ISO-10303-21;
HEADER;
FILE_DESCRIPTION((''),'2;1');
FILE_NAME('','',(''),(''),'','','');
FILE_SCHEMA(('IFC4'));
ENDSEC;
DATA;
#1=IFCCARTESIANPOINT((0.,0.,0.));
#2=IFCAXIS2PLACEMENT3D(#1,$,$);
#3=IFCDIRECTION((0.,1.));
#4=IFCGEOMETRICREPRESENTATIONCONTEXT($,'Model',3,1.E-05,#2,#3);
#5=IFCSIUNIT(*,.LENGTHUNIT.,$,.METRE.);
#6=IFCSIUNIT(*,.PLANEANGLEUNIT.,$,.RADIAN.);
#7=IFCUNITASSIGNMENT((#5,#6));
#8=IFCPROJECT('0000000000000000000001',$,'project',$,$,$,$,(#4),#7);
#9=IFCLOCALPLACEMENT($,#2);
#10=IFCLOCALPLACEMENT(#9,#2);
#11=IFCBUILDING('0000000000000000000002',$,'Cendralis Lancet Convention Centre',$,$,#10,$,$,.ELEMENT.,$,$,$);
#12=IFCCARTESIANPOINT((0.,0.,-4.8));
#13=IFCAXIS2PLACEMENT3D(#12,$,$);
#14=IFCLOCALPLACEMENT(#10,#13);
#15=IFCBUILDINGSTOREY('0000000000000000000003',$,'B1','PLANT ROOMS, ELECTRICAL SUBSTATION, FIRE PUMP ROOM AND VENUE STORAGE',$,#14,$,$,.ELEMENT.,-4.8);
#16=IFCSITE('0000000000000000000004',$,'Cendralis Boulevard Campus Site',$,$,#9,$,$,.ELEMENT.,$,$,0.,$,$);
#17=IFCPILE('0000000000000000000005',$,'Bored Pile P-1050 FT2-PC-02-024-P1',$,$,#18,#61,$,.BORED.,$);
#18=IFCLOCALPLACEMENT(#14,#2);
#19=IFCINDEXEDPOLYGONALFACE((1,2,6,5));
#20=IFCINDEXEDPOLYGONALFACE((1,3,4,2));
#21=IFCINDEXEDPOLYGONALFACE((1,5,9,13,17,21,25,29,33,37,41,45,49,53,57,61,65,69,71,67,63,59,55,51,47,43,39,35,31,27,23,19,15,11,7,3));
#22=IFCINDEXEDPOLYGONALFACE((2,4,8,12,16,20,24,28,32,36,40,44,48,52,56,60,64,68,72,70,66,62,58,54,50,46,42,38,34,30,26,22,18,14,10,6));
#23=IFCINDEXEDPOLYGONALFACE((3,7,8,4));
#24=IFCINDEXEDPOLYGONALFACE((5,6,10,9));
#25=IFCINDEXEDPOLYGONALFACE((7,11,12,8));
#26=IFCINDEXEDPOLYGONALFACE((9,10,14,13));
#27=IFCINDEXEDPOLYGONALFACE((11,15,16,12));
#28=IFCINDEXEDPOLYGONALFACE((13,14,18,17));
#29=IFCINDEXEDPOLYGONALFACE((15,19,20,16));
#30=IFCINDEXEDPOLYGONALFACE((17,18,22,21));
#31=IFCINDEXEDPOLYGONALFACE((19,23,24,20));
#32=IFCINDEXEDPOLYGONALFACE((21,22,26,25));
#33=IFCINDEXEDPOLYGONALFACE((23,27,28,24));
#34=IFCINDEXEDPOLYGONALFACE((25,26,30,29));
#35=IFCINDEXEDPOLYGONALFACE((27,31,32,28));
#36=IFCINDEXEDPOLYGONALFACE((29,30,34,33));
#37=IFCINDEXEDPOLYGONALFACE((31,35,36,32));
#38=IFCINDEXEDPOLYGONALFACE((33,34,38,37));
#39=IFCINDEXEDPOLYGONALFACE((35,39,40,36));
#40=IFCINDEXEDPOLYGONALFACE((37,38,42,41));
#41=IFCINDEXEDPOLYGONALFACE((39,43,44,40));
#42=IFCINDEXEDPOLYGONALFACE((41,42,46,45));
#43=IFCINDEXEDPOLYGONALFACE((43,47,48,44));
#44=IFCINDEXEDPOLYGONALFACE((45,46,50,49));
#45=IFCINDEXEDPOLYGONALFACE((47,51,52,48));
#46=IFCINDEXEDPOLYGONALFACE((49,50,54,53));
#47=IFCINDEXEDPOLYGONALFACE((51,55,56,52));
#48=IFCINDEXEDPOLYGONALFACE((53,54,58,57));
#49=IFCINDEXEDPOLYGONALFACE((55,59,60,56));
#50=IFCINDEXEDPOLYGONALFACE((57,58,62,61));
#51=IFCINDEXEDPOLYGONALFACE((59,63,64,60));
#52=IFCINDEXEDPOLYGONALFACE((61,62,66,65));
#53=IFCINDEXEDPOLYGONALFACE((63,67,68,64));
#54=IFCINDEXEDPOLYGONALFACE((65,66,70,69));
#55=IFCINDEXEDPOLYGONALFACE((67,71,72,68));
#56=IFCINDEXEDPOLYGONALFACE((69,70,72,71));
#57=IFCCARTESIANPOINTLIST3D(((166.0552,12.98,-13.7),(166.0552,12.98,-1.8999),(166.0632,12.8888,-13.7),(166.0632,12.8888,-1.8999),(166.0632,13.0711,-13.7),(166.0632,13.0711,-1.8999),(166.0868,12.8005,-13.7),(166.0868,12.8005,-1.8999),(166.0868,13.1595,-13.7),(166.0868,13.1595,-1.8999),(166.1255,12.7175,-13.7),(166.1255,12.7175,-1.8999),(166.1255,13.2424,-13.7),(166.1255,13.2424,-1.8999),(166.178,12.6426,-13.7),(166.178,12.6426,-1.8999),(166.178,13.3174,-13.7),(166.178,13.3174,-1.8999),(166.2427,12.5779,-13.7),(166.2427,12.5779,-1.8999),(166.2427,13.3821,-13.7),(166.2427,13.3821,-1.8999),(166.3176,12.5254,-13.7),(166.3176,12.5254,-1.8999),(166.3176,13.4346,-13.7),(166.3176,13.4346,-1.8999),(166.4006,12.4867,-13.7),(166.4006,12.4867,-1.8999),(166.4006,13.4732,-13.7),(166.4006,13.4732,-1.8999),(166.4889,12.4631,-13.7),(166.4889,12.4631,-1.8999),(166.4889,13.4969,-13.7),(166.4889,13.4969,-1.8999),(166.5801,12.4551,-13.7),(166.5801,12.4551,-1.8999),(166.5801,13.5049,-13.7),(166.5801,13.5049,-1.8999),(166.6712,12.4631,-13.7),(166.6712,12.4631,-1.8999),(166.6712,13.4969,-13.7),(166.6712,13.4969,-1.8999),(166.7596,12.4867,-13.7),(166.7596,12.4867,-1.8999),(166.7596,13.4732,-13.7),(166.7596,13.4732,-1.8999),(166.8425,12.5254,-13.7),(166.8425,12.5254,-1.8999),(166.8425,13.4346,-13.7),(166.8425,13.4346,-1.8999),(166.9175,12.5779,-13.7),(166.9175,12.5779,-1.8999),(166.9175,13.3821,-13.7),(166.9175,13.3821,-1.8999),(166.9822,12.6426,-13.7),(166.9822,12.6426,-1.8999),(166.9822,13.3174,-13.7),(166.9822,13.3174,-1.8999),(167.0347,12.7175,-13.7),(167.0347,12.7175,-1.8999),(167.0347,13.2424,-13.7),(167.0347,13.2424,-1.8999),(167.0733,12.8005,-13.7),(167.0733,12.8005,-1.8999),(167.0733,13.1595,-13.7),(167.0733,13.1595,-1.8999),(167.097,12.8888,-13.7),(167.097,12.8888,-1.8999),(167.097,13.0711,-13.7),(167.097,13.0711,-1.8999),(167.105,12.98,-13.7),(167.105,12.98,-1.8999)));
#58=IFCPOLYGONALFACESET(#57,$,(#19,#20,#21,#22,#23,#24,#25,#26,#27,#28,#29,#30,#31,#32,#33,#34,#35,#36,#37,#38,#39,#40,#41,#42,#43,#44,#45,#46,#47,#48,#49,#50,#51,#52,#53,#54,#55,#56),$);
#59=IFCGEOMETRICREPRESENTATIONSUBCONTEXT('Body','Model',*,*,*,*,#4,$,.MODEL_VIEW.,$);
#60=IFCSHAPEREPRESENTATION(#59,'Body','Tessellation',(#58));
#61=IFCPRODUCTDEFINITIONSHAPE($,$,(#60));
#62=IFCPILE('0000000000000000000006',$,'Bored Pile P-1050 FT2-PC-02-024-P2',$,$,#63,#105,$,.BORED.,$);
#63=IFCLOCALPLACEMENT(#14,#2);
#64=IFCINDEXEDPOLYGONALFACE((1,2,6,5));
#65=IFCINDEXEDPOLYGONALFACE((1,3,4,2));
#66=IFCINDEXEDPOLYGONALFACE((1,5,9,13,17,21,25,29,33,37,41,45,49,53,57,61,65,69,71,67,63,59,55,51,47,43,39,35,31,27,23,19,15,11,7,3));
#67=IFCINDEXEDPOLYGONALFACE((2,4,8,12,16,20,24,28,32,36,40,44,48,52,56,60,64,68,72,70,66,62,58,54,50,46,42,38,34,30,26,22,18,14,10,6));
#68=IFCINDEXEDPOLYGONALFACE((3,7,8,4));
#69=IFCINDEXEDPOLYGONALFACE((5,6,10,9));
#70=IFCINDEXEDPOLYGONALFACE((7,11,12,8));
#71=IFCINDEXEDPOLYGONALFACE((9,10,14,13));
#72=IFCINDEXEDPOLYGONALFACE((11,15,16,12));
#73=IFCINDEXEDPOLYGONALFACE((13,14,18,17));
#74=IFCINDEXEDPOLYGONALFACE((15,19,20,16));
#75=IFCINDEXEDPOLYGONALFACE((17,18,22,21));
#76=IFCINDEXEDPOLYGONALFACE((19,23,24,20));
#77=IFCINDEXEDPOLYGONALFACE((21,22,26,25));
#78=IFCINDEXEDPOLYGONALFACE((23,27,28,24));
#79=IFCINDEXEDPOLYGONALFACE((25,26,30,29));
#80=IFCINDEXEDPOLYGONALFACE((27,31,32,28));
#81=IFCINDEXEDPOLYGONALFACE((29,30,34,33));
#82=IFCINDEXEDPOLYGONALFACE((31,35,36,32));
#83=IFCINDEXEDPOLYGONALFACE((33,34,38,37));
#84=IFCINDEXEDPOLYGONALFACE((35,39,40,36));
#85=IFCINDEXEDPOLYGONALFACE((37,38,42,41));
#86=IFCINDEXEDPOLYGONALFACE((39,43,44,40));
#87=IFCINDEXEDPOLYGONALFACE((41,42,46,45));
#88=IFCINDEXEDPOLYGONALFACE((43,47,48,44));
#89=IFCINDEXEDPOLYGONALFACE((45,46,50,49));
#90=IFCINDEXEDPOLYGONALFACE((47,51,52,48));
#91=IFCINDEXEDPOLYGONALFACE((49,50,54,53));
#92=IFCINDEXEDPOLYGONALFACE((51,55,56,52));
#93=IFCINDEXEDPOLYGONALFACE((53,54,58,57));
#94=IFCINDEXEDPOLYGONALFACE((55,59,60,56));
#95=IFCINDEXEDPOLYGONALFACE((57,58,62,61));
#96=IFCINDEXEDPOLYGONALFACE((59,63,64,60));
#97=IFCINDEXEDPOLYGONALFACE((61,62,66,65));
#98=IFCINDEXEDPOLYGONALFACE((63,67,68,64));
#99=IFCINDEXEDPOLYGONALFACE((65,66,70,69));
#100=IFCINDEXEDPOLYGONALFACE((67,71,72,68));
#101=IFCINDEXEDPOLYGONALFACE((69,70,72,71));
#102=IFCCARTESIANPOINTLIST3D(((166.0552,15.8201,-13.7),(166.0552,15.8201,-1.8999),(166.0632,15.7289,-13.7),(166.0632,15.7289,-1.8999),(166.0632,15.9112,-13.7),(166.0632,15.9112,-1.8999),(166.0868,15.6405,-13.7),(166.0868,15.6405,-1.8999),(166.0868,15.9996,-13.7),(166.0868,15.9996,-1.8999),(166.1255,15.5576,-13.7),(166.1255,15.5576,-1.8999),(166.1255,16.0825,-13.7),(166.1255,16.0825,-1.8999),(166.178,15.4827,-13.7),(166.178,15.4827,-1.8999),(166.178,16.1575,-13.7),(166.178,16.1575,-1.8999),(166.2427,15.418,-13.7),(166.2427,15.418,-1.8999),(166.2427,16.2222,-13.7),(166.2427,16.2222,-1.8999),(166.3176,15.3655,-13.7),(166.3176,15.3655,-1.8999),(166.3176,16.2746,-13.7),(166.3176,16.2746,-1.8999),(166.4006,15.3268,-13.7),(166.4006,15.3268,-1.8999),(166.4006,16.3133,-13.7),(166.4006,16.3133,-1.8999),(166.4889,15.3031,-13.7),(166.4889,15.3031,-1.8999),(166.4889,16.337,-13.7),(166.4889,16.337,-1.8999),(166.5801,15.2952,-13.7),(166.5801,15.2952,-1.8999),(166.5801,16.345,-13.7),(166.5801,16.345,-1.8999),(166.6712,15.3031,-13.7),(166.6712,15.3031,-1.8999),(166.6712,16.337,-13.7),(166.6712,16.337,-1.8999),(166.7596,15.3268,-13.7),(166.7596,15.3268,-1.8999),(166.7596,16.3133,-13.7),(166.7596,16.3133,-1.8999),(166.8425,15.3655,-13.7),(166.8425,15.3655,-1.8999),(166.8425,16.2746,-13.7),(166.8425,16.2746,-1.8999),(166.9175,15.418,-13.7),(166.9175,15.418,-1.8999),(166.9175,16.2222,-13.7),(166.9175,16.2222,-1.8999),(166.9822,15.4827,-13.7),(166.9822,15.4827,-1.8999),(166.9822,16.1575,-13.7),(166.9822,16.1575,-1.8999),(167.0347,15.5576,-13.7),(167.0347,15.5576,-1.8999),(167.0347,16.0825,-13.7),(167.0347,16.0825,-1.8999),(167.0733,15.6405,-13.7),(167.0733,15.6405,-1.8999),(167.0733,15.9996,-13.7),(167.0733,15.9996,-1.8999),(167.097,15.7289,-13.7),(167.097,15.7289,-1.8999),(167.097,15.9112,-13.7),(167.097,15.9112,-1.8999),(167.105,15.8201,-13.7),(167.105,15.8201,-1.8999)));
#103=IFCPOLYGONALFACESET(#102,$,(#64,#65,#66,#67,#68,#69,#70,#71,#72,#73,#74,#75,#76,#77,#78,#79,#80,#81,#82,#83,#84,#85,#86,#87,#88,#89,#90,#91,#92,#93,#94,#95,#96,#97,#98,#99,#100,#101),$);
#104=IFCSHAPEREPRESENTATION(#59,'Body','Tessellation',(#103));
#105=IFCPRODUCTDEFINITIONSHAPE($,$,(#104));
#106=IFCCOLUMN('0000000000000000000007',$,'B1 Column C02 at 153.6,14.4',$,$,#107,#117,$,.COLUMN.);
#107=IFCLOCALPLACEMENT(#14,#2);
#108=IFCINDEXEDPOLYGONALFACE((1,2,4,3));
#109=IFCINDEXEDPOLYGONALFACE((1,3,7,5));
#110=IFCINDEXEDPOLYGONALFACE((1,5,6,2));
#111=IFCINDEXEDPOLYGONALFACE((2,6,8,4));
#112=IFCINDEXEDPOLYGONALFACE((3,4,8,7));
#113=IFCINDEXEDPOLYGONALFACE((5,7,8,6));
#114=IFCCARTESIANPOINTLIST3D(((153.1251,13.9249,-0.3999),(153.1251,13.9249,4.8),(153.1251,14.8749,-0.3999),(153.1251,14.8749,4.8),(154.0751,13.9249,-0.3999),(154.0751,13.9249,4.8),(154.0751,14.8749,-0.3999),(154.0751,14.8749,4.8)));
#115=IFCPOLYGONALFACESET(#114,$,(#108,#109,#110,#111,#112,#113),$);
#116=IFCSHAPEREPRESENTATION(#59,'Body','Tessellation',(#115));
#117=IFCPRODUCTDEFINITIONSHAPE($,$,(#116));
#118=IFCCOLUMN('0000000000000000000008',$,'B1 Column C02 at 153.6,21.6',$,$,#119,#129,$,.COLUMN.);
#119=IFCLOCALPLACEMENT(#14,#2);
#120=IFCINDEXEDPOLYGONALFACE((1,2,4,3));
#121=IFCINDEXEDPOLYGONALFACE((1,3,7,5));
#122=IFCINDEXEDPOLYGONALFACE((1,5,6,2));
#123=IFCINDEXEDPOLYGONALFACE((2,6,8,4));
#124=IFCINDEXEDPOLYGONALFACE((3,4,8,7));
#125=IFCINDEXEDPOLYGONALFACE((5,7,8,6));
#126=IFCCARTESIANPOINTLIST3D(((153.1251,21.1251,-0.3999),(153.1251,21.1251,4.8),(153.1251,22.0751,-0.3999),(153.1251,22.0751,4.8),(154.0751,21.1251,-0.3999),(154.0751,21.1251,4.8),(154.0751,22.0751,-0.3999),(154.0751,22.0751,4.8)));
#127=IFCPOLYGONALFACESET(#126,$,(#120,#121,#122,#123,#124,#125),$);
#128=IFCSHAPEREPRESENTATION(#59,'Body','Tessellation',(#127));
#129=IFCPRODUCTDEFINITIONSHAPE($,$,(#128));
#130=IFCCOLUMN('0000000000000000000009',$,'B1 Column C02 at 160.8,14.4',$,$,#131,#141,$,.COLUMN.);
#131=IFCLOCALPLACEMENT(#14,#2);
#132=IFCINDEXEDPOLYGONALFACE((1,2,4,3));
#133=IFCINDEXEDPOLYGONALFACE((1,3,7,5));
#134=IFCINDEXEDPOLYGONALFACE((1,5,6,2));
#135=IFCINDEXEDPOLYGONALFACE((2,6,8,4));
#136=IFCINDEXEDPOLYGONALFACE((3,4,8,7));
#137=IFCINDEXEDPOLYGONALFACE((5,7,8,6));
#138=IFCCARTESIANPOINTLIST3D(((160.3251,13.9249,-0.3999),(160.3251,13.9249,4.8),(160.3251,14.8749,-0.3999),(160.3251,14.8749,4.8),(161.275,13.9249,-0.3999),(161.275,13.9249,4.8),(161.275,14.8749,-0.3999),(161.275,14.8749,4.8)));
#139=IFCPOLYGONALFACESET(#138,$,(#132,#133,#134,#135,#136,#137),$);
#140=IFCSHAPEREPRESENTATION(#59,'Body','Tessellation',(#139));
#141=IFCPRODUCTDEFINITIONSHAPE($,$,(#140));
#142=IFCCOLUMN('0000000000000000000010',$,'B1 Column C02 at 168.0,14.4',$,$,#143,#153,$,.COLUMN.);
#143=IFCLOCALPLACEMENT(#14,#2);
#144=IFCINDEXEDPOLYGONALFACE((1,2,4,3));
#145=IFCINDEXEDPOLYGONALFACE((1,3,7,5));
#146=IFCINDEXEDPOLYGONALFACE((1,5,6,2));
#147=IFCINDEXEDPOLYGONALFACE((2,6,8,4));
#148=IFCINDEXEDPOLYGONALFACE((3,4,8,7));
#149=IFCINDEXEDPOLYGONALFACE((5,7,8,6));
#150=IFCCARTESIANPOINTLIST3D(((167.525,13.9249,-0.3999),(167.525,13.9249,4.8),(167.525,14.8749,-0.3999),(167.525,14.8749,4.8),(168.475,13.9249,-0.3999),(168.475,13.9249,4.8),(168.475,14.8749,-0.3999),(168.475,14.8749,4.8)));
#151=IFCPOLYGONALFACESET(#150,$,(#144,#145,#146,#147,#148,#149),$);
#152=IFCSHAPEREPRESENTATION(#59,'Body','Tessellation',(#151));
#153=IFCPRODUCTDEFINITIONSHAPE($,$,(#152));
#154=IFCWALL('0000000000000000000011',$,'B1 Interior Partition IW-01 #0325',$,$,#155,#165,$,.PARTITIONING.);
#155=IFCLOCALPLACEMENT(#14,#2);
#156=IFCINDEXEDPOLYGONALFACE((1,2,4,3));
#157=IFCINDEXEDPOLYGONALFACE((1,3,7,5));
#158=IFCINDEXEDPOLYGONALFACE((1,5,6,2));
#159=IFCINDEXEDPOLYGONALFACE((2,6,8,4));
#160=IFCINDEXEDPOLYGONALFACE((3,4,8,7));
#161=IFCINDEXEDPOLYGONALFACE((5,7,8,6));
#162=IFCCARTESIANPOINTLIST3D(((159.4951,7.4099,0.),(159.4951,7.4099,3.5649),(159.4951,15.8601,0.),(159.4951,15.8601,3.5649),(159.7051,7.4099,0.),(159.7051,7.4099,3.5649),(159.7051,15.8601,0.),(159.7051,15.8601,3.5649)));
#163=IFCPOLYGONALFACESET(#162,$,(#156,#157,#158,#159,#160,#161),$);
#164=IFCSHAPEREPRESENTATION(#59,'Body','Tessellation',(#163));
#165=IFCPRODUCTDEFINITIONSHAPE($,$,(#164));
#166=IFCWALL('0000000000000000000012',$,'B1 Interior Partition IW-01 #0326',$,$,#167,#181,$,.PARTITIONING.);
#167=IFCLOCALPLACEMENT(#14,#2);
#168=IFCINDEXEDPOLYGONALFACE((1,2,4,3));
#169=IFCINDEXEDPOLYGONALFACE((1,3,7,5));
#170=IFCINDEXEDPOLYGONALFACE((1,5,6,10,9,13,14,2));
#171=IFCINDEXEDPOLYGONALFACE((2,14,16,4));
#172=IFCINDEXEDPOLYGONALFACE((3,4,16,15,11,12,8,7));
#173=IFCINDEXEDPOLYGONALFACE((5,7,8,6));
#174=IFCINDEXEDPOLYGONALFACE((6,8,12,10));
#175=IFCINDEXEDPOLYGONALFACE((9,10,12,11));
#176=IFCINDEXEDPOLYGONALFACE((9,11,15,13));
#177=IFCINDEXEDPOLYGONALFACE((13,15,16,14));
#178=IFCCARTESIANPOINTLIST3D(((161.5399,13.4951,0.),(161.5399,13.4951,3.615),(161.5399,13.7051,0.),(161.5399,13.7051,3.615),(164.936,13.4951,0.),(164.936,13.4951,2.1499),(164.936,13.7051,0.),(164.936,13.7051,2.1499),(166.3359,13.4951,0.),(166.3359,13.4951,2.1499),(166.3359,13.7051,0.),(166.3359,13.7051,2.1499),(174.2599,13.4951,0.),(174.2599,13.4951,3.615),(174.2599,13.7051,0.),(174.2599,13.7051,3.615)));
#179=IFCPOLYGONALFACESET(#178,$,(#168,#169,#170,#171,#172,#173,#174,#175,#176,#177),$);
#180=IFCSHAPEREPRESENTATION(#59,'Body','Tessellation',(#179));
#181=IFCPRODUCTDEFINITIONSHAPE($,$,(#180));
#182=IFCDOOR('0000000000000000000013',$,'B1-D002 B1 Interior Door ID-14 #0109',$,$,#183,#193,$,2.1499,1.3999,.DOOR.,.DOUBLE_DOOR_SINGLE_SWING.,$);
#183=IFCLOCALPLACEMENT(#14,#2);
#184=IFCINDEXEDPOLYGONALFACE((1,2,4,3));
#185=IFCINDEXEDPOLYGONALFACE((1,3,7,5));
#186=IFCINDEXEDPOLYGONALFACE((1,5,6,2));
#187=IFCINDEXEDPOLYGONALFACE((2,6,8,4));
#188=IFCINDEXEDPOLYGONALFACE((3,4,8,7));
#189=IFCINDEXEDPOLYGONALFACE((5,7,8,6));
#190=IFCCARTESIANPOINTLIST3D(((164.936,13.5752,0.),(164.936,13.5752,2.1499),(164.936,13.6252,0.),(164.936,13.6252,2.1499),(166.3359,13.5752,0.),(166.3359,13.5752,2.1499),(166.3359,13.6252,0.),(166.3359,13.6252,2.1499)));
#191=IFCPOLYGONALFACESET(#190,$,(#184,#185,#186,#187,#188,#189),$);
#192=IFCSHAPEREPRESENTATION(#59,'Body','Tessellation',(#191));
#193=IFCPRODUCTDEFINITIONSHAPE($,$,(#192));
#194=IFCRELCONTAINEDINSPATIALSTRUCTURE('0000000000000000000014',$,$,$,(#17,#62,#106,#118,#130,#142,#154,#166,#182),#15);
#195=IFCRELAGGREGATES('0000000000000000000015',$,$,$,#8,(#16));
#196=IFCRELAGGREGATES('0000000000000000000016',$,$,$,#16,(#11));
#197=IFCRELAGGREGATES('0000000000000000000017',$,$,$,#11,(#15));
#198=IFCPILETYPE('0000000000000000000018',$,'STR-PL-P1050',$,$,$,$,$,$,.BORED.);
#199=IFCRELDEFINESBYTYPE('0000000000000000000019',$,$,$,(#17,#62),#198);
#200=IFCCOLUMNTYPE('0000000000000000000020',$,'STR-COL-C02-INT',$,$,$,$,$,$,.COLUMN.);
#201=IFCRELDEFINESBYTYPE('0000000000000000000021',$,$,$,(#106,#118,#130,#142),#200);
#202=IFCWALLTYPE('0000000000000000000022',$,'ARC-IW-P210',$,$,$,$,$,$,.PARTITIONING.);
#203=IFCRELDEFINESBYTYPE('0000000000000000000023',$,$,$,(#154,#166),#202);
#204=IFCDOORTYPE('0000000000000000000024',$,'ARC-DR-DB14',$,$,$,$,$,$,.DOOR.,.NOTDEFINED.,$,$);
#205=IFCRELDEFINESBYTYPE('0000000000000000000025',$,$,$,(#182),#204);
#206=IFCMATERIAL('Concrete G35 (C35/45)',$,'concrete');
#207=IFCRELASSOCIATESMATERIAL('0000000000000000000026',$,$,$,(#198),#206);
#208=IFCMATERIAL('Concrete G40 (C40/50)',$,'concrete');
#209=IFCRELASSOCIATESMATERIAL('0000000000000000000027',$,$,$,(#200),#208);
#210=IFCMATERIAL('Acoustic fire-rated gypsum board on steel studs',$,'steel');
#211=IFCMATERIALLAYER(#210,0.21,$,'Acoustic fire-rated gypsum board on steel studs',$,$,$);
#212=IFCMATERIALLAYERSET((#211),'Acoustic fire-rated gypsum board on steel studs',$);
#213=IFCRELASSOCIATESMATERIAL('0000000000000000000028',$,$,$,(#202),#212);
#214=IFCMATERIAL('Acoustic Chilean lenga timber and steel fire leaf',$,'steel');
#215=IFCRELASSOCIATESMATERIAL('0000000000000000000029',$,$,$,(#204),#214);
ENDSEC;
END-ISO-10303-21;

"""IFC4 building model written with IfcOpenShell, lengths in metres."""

from ifc_helpers import new_model, si_unit, direction, frame, frame_2d, origin, origin_2d, place, context, subcontext, project, spatial, rectangle, circle, extrude, material, layer, layer_set, material_profile, profile_set, type_object, element, fill, save


model = new_model("IFC4")

# Units and contexts
model_context = context("Model", 3, precision=1e-05, world=origin(), true_north=direction((0.0, 1.0)))
body_context = subcontext(model_context, "Body", "Model", "MODEL_VIEW")
ifc_project = project(units=[si_unit("LENGTHUNIT", "METRE"), si_unit("PLANEANGLEUNIT", "RADIAN")], contexts=[model_context])

# Site, building, storey
site_placement = place(None, origin())
site = spatial("IfcSite", under=ifc_project, at=site_placement, Name="Cendralis Boulevard Campus Site", CompositionType="ELEMENT", RefElevation=0.0)
building_placement = place(site_placement, origin())
building = spatial("IfcBuilding", under=site, at=building_placement, Name="Cendralis Lancet Convention Centre", CompositionType="ELEMENT")
storey_placement = place(building_placement, frame((0.0, 0.0, -4.8)))
storey = spatial("IfcBuildingStorey", under=building, at=storey_placement, Name="B1", Description="PLANT ROOMS, ELECTRICAL SUBSTATION, FIRE PUMP ROOM AND VENUE STORAGE", CompositionType="ELEMENT", Elevation=-4.8)

# Shared definitions
ifc_material_1 = material(Name="Concrete G35 (C35/45)", Category="concrete")

# Piles
ifc_material_profile_1 = material_profile(ifc_material_1, circle(Radius=0.5249, at=origin_2d()), Name="BORED PILE D1050")
ifc_profile_set_1 = profile_set([ifc_material_profile_1], Name="Concrete G35 (C35/45)")
pile_type = type_object("IfcPileType", Name="STR-PL-P1050", PredefinedType="BORED", material=ifc_profile_set_1)
for number, where, z_axis, x_axis, name in (
    (1, (166.5801, 12.98, -1.8999), (0.0, 0.0, -1.0), (1.0, 0.0, 0.0), "Bored Pile P-1050 FT2-PC-02-024-P1"),
    (2, (166.5801, 15.8201, -1.8999), (0.0, 0.0, -1.0), (1.0, 0.0, 0.0), "Bored Pile P-1050 FT2-PC-02-024-P2"),
):
    element("IfcPile", number, at=place(storey_placement, frame(where, z_axis=z_axis, x_axis=x_axis)), inside=storey, type_object=pile_type, Name=name, PredefinedType="BORED", context=body_context, shape_type="SweptSolid", body=[
        extrude(circle(Radius=0.5249, at=origin_2d()), origin(), (0.0, 0.0, 1.0), 11.8),
    ])

# Columns
ifc_material_2 = material(Name="Concrete G40 (C40/50)", Category="concrete")
ifc_material_profile_2 = material_profile(ifc_material_2, rectangle(XDim=0.95, YDim=0.95, at=origin_2d()), Name="RC 950x950")
ifc_profile_set_2 = profile_set([ifc_material_profile_2], Name="Concrete G40 (C40/50)")
column_type = type_object("IfcColumnType", Name="STR-COL-C02-INT", PredefinedType="COLUMN", material=ifc_profile_set_2)
for number, where, z_axis, x_axis, name in (
    (3, (153.6001, 14.3999, -0.3999), (0.0, 0.0, 1.0), (1.0, 0.0, 0.0), "B1 Column C02 at 153.6,14.4"),
    (4, (153.6001, 21.6001, -0.3999), (0.0, 0.0, 1.0), (1.0, 0.0, 0.0), "B1 Column C02 at 153.6,21.6"),
    (5, (160.8, 14.3999, -0.3999), (0.0, 0.0, 1.0), (1.0, 0.0, 0.0), "B1 Column C02 at 160.8,14.4"),
    (6, (168.0, 14.3999, -0.3999), (0.0, 0.0, 1.0), (1.0, 0.0, 0.0), "B1 Column C02 at 168.0,14.4"),
):
    element("IfcColumn", number, at=place(storey_placement, frame(where, z_axis=z_axis, x_axis=x_axis)), inside=storey, type_object=column_type, Name=name, PredefinedType="COLUMN", context=body_context, shape_type="SweptSolid", body=[
        extrude(rectangle(XDim=0.95, YDim=0.95, at=origin_2d()), origin(), (0.0, 0.0, 1.0), 5.2),
    ])

# Wall
ifc_material_3 = material(Name="Acoustic fire-rated gypsum board on steel studs", Category="steel")
ifc_layer_1 = layer(ifc_material_3, 0.21, Name="Acoustic fire-rated gypsum board on steel studs")
ifc_layer_set_1 = layer_set([ifc_layer_1], Name="Acoustic fire-rated gypsum board on steel studs")
wall_type_1 = type_object("IfcWallType", Name="ARC-IW-P210", PredefinedType="PARTITIONING", material=ifc_layer_set_1)
wall_1_placement = place(storey_placement, frame((159.6001, 7.4099, 0.0), z_axis=(0.0, 0.0, 1.0), x_axis=(0.0, 1.0, 0.0)))
element("IfcWall", 7, at=wall_1_placement, inside=storey, type_object=wall_type_1, Name="B1 Interior Partition IW-01 #0325", PredefinedType="PARTITIONING", context=body_context, shape_type="SweptSolid", body=[
    extrude(rectangle(XDim=8.4502, YDim=0.21, at=frame_2d((4.2251, 0.0))), origin(), (0.0, 0.0, 1.0), 3.5649),
])

# Wall, opening, door
wall_2_placement = place(storey_placement, frame((161.54, 13.6001, 0.0), z_axis=(0.0, 0.0, 1.0), x_axis=(1.0, 0.0, 0.0)))
wall_2 = element("IfcWall", 8, at=wall_2_placement, inside=storey, type_object=wall_type_1, Name="B1 Interior Partition IW-01 #0326", PredefinedType="PARTITIONING", context=body_context, shape_type="SweptSolid", body=[
    extrude(rectangle(XDim=12.72, YDim=0.21, at=frame_2d((6.3599, 0.0))), origin(), (0.0, 0.0, 1.0), 3.615),
])
opening_placement = place(wall_2_placement, frame((3.396, 0.0, 0.0)))
opening = element("IfcOpeningElement", 9, at=opening_placement, cuts=wall_2, PredefinedType="OPENING", context=body_context, shape_type="SweptSolid", body=[
    extrude(rectangle(XDim=1.3999, YDim=2.1499, at=frame_2d((0.7, 1.075))), frame((0.0, 0.115, 0.0), z_axis=(0.0, -1.0, 0.0), x_axis=(1.0, 0.0, 0.0)), (0.0, 0.0, 1.0), 0.23),
])
ifc_material_4 = material(Name="Acoustic Chilean lenga timber and steel fire leaf", Category="steel")
door_type = type_object("IfcDoorType", Name="ARC-DR-DB14", OperationType="NOTDEFINED", PredefinedType="DOOR", material=ifc_material_4)
door_placement = place(opening_placement, frame((1.3999, 0.0, 0.0), z_axis=(0.0, 0.0, 1.0), x_axis=(-1.0, 0.0, 0.0)))
door = element("IfcDoor", 10, at=door_placement, inside=storey, type_object=door_type, Name="B1-D002 B1 Interior Door ID-14 #0109", OperationType="DOUBLE_DOOR_SINGLE_SWING", OverallHeight=2.1499, OverallWidth=1.3999, PredefinedType="DOOR", context=body_context, shape_type="SweptSolid", body=[
    extrude(rectangle(XDim=1.3999, YDim=2.1499, at=frame_2d((0.7, 1.075))), frame((0.0, 0.0249, 0.0), z_axis=(0.0, -1.0, 0.0), x_axis=(1.0, 0.0, 0.0)), (0.0, 0.0, 1.0), 0.05),
])
fill(opening, door)

save(model, "model.ifc")
